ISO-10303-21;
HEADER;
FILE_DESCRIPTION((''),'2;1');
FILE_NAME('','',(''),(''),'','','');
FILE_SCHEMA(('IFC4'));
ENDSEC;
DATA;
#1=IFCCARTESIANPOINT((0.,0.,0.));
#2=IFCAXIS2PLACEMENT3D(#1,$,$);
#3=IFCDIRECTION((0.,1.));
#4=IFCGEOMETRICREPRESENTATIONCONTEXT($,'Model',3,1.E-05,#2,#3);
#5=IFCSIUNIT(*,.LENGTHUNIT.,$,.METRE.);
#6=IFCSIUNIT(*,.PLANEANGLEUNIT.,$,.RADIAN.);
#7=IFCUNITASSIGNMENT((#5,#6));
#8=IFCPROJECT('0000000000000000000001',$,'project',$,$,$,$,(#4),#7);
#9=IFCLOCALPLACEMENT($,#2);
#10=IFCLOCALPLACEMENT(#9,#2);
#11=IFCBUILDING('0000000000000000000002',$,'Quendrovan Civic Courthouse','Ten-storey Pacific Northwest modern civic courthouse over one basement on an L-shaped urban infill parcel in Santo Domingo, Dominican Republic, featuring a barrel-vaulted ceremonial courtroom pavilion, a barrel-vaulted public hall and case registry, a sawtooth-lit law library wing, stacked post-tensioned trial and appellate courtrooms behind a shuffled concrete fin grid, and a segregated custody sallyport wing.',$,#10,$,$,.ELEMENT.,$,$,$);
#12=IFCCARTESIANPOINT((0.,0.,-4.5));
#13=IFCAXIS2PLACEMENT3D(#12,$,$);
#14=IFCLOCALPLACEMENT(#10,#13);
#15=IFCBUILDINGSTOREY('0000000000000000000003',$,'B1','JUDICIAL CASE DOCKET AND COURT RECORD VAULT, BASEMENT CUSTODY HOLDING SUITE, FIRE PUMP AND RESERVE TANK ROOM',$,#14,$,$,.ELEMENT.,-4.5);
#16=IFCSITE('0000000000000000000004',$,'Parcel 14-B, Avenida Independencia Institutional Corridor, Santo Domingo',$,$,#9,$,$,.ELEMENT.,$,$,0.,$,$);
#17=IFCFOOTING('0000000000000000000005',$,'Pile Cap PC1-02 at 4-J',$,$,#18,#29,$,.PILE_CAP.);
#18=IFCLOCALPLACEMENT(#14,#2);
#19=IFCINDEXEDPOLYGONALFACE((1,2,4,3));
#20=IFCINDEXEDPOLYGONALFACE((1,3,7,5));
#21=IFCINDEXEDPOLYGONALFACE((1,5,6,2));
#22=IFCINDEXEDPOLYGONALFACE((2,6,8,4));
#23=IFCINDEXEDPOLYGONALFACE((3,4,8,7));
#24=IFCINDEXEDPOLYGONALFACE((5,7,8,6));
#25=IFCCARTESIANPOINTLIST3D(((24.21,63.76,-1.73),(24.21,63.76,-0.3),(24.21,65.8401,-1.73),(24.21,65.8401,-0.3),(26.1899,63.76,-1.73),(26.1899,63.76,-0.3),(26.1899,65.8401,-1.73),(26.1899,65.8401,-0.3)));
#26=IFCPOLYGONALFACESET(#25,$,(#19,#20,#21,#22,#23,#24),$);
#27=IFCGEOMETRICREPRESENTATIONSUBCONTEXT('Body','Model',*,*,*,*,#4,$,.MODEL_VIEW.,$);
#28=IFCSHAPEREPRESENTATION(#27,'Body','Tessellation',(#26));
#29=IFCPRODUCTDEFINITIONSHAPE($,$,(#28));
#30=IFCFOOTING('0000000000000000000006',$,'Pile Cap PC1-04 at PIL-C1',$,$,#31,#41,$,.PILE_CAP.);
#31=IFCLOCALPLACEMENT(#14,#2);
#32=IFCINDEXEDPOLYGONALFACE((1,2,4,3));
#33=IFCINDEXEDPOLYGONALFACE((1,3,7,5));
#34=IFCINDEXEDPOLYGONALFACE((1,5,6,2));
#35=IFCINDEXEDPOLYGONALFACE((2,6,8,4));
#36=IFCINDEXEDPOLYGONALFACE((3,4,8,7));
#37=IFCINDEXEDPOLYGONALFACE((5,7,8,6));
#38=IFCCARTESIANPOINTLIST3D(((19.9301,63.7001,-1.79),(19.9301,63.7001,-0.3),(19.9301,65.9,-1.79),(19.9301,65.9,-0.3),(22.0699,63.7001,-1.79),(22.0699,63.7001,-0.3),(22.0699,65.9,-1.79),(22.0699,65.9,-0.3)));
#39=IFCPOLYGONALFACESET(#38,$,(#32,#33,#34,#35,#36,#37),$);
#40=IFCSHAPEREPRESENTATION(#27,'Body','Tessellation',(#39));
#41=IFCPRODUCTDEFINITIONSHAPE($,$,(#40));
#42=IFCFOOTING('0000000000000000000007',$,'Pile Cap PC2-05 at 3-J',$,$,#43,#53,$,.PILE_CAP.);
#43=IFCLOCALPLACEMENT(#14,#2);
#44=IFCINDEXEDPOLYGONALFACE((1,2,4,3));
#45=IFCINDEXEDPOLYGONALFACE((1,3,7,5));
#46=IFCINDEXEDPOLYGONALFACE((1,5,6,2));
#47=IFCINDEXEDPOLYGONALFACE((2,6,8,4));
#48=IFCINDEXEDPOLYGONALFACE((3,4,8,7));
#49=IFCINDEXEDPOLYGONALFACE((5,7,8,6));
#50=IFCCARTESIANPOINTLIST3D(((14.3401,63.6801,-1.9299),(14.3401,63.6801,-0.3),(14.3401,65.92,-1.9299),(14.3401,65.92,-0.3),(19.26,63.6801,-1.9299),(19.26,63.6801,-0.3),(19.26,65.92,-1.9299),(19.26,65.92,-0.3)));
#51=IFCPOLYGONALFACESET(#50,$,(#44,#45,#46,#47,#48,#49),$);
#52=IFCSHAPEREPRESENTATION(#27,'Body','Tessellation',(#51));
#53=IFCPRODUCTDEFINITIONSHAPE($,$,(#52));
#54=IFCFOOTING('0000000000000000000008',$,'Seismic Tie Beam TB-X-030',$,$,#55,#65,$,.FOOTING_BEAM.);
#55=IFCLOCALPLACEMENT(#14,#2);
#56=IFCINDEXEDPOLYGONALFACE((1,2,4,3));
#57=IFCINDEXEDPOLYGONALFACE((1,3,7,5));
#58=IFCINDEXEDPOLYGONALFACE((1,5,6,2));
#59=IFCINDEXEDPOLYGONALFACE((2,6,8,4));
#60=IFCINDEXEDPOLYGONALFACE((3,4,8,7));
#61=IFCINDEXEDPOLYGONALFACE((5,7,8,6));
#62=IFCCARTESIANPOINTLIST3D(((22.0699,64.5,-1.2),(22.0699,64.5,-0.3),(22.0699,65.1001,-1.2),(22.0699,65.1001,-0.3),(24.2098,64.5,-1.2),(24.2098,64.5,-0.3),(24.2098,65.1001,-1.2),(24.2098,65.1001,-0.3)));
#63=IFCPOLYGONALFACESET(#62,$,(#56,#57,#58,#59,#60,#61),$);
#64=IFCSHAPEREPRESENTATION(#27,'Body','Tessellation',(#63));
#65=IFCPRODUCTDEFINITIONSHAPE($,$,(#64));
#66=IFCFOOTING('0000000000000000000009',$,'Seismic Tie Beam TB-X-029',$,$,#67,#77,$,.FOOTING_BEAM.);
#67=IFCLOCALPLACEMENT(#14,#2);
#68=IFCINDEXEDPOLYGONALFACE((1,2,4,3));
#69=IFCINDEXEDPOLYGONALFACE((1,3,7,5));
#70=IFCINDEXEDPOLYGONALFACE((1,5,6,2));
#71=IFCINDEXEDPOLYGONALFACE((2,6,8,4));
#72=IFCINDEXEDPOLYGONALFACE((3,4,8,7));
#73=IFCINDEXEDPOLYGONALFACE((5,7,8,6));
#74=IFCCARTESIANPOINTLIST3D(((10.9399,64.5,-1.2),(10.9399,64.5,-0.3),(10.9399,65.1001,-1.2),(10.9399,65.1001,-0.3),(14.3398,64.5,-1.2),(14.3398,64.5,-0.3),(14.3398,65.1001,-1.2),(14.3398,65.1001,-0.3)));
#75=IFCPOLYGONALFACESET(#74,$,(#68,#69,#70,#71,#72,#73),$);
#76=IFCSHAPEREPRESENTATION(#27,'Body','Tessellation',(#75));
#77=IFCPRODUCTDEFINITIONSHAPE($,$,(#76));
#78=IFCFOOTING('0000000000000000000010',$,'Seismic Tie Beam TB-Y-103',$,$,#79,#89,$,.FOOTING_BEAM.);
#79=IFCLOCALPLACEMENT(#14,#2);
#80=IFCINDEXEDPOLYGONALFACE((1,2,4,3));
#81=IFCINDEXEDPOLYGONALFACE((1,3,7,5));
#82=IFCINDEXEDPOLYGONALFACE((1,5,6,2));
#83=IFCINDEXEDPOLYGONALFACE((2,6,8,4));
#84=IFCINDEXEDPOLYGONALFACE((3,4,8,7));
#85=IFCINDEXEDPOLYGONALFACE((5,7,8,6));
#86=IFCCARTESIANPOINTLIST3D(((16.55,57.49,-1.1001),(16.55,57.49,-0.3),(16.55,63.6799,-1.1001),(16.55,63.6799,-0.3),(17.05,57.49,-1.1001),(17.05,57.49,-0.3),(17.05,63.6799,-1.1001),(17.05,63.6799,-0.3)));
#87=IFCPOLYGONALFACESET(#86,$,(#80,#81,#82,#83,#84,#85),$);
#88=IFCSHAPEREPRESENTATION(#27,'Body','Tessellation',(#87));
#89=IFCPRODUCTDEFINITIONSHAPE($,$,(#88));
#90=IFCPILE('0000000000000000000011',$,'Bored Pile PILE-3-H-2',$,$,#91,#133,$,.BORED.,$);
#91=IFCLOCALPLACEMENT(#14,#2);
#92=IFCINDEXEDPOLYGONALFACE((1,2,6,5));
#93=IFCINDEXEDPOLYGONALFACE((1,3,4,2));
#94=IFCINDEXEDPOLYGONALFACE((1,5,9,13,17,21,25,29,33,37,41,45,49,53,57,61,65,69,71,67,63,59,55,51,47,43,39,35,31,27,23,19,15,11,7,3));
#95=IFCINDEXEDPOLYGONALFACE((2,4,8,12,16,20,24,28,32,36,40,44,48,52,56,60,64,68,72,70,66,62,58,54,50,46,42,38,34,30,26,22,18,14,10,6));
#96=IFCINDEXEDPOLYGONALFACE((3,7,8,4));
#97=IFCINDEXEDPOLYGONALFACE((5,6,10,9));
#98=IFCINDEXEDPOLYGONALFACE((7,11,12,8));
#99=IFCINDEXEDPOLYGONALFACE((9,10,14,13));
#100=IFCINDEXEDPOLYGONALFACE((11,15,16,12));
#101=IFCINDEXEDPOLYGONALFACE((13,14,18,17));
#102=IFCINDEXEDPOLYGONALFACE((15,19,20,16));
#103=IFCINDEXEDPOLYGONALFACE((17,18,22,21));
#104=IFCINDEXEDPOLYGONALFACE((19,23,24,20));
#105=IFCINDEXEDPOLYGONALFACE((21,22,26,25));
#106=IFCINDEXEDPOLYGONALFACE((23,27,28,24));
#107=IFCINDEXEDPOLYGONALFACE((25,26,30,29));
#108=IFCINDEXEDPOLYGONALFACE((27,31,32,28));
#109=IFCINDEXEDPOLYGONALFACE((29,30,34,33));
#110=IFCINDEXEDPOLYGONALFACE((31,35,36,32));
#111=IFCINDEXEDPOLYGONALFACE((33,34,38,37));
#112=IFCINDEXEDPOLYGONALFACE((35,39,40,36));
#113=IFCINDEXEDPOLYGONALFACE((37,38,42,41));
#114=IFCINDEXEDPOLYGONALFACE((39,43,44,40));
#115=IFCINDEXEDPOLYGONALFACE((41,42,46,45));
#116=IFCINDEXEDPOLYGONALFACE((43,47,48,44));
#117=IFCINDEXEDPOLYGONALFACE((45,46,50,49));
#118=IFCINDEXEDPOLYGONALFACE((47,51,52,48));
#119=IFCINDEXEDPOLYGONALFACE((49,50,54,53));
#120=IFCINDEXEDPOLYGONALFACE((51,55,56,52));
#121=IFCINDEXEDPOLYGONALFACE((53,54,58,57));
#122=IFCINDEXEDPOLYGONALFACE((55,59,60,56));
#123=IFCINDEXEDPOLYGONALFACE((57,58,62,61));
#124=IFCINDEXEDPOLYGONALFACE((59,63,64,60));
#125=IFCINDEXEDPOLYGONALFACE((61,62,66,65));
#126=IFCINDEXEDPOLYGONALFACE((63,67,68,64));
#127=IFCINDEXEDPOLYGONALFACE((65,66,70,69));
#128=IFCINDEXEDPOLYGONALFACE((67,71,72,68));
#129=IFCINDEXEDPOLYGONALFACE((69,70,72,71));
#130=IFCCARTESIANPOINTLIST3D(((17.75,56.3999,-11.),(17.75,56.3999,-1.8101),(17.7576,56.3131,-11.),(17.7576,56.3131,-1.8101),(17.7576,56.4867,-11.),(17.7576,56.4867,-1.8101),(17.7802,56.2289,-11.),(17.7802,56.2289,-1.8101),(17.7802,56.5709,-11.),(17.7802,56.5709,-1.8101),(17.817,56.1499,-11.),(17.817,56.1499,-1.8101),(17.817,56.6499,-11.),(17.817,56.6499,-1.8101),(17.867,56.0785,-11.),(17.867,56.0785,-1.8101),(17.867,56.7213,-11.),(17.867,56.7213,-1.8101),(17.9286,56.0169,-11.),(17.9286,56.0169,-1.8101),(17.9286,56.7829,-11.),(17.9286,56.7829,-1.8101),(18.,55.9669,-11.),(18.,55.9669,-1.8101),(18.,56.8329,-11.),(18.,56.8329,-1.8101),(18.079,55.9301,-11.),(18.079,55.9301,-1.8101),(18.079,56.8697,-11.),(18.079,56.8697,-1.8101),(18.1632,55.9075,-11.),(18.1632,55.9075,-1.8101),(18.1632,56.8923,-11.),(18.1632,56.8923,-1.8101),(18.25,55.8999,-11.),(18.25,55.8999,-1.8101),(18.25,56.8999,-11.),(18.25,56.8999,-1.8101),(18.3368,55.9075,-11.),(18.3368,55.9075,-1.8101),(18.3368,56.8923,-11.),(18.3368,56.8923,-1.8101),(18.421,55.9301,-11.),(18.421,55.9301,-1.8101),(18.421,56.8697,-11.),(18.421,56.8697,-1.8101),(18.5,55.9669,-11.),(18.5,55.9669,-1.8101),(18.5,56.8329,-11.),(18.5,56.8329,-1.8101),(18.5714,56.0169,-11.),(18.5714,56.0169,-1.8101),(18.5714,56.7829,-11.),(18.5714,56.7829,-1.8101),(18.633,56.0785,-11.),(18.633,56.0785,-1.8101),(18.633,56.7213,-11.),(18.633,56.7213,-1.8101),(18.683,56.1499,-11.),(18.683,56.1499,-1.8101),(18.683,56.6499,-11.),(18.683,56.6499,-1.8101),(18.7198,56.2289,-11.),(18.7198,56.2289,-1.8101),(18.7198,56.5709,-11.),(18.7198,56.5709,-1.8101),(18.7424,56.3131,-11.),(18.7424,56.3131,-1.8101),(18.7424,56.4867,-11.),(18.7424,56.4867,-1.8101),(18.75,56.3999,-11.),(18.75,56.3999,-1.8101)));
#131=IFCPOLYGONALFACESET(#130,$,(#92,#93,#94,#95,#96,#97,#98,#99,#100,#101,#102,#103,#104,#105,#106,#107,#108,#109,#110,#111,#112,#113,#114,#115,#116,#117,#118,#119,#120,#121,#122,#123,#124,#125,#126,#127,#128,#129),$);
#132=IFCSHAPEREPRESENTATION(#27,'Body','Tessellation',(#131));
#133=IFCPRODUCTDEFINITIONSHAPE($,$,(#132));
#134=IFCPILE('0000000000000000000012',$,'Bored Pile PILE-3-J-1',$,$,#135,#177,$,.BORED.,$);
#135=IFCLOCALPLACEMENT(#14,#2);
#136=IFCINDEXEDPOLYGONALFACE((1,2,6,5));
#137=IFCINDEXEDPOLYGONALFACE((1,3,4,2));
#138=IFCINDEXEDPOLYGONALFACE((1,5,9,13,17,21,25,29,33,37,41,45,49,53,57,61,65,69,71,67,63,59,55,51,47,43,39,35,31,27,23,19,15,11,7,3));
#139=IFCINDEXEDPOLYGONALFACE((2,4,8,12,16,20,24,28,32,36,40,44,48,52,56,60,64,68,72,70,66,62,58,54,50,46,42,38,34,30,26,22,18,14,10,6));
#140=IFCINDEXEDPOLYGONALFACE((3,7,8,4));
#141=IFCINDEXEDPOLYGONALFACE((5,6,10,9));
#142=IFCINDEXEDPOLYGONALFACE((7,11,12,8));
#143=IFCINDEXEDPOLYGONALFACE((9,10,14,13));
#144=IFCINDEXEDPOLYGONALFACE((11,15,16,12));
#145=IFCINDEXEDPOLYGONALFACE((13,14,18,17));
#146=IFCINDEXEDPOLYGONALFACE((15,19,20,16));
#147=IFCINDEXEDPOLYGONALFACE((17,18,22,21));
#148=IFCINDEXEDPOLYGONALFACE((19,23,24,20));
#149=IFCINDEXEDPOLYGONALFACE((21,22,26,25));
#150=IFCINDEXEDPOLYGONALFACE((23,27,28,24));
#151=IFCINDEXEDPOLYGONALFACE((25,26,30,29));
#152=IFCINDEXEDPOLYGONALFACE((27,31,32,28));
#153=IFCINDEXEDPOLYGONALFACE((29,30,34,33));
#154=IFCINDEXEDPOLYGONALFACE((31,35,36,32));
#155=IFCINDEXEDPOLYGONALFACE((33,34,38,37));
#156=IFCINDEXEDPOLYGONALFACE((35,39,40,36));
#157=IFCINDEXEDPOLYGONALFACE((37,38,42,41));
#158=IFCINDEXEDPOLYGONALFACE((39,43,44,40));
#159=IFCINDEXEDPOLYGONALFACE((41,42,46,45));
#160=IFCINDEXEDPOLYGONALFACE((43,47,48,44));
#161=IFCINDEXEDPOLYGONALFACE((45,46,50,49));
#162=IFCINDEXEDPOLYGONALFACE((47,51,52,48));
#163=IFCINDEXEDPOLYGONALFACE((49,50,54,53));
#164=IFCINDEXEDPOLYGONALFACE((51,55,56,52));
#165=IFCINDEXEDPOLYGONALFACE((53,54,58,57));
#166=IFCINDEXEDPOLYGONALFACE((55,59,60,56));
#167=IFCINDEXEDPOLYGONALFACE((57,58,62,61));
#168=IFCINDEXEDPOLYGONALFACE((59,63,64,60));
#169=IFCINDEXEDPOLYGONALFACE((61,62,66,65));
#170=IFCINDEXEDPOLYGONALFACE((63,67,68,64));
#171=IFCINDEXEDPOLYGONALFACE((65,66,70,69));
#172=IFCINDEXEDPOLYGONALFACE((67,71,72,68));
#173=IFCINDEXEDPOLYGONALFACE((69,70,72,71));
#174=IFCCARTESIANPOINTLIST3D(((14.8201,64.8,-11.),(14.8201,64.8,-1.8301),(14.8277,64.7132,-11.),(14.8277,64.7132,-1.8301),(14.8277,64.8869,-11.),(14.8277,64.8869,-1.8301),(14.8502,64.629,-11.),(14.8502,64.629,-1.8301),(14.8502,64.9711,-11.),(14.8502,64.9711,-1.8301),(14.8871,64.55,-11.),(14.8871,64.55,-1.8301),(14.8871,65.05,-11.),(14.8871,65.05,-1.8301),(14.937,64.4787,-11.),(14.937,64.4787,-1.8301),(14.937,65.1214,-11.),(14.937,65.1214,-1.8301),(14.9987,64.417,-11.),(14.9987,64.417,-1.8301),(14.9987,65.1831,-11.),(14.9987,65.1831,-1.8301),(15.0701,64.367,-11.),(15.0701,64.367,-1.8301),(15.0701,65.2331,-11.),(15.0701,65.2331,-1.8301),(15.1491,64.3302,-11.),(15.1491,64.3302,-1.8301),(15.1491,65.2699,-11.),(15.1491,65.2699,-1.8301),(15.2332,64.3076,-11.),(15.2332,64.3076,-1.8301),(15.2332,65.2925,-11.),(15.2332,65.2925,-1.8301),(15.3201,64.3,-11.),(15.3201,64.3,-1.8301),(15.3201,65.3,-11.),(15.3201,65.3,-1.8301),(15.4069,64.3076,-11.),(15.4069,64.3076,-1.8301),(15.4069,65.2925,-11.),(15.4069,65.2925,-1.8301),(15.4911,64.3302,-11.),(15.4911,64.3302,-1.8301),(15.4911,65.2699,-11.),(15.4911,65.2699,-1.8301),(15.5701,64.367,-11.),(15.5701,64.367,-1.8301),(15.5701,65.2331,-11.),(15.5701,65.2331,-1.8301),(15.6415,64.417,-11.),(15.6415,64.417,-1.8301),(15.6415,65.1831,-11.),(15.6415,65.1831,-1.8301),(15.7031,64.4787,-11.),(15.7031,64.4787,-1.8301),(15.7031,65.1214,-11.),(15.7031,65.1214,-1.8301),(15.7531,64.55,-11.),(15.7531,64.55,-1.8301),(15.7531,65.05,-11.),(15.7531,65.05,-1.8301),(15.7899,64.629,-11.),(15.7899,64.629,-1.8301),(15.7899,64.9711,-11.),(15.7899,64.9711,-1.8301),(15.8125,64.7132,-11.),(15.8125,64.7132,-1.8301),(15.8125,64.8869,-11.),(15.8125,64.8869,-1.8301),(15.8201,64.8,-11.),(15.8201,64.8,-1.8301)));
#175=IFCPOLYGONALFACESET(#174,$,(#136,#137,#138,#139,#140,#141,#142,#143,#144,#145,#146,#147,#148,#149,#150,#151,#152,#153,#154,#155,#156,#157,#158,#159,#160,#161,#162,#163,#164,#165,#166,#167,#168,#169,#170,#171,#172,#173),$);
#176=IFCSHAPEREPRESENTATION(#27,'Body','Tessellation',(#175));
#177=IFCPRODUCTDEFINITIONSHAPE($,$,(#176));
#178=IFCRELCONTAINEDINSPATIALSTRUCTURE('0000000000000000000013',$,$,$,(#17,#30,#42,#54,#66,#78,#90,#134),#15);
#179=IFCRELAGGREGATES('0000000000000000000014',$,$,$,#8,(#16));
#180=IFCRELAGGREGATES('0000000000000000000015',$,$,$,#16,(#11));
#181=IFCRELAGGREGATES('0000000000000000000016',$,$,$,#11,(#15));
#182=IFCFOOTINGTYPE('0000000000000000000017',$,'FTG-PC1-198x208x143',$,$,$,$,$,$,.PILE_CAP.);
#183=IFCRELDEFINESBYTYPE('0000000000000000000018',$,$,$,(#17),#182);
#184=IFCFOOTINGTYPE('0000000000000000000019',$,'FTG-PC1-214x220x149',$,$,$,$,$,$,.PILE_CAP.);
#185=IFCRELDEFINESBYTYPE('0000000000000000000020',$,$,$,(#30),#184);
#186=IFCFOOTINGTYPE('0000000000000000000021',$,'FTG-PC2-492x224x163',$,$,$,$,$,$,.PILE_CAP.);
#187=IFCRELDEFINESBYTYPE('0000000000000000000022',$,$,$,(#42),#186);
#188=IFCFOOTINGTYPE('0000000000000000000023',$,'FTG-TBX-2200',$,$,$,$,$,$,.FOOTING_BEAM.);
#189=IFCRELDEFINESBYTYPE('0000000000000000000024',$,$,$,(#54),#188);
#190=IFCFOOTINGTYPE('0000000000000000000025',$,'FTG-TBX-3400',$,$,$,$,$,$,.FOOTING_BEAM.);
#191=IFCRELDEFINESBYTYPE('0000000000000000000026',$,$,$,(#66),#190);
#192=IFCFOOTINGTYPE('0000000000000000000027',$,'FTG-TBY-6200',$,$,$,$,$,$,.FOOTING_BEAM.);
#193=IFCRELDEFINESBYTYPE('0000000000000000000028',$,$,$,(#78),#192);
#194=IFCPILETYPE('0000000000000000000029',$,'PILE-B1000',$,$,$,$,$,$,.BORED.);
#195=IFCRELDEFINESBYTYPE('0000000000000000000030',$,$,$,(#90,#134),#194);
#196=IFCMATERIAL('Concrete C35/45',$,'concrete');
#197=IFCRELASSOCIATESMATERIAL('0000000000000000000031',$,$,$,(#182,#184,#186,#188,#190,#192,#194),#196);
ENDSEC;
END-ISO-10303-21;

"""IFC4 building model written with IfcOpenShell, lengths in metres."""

from ifc_helpers import new_model, si_unit, direction, frame, origin, origin_2d, place, context, subcontext, project, spatial, rectangle, circle, extrude, material, material_profile, profile_set, type_object, element, save


model = new_model("IFC4")

# Units and contexts
model_context = context("Model", 3, precision=1e-05, world=origin(), true_north=direction((0.0, 1.0)))
body_context = subcontext(model_context, "Body", "Model", "MODEL_VIEW")
ifc_project = project(units=[si_unit("LENGTHUNIT", "METRE"), si_unit("PLANEANGLEUNIT", "RADIAN")], contexts=[model_context])

# Site, building, storey
site_placement = place(None, origin())
site = spatial("IfcSite", under=ifc_project, at=site_placement, Name="Parcel 14-B, Avenida Independencia Institutional Corridor, Santo Domingo", CompositionType="ELEMENT", RefElevation=0.0)
building_placement = place(site_placement, origin())
building = spatial("IfcBuilding", under=site, at=building_placement, Name="Quendrovan Civic Courthouse", Description="Ten-storey Pacific Northwest modern civic courthouse over one basement on an L-shaped urban infill parcel in Santo Domingo, Dominican Republic, featuring a barrel-vaulted ceremonial courtroom pavilion, a barrel-vaulted public hall and case registry, a sawtooth-lit law library wing, stacked post-tensioned trial and appellate courtrooms behind a shuffled concrete fin grid, and a segregated custody sallyport wing.", CompositionType="ELEMENT")
storey_placement = place(building_placement, frame((0.0, 0.0, -4.5)))
storey = spatial("IfcBuildingStorey", under=building, at=storey_placement, Name="B1", Description="JUDICIAL CASE DOCKET AND COURT RECORD VAULT, BASEMENT CUSTODY HOLDING SUITE, FIRE PUMP AND RESERVE TANK ROOM", CompositionType="ELEMENT", Elevation=-4.5)

# Footings
ifc_material_1 = material(Name="Concrete C35/45", Category="concrete")
footing_type_1 = type_object("IfcFootingType", Name="FTG-PC1-198x208x143", PredefinedType="PILE_CAP", material=ifc_material_1)
footing_1_placement = place(storey_placement, frame((25.2, 64.8, -1.73), z_axis=(0.0, 0.0, 1.0), x_axis=(1.0, 0.0, 0.0)))
element("IfcFooting", 1, at=footing_1_placement, inside=storey, type_object=footing_type_1, Name="Pile Cap PC1-02 at 4-J", PredefinedType="PILE_CAP", context=body_context, shape_type="SweptSolid", body=[
    extrude(rectangle(XDim=1.98, YDim=2.0801, at=origin_2d()), origin(), (0.0, 0.0, 1.0), 1.4299),
])
footing_type_2 = type_object("IfcFootingType", Name="FTG-PC1-214x220x149", PredefinedType="PILE_CAP", material=ifc_material_1)
footing_2_placement = place(storey_placement, frame((21.0, 64.8, -1.79), z_axis=(0.0, 0.0, 1.0), x_axis=(1.0, 0.0, 0.0)))
element("IfcFooting", 2, at=footing_2_placement, inside=storey, type_object=footing_type_2, Name="Pile Cap PC1-04 at PIL-C1", PredefinedType="PILE_CAP", context=body_context, shape_type="SweptSolid", body=[
    extrude(rectangle(XDim=2.1399, YDim=2.2, at=origin_2d()), origin(), (0.0, 0.0, 1.0), 1.49),
])
footing_type_3 = type_object("IfcFootingType", Name="FTG-PC2-492x224x163", PredefinedType="PILE_CAP", material=ifc_material_1)
footing_3_placement = place(storey_placement, frame((16.8, 64.8, -1.9299), z_axis=(0.0, 0.0, 1.0), x_axis=(1.0, 0.0, 0.0)))
element("IfcFooting", 3, at=footing_3_placement, inside=storey, type_object=footing_type_3, Name="Pile Cap PC2-05 at 3-J", PredefinedType="PILE_CAP", context=body_context, shape_type="SweptSolid", body=[
    extrude(rectangle(XDim=4.9199, YDim=2.24, at=origin_2d()), origin(), (0.0, 0.0, 1.0), 1.6299),
])
footing_type_4 = type_object("IfcFootingType", Name="FTG-TBX-2200", PredefinedType="FOOTING_BEAM", material=ifc_material_1)
footing_4_placement = place(storey_placement, frame((23.1399, 64.8, -1.2), z_axis=(0.0, 0.0, 1.0), x_axis=(1.0, 0.0, 0.0)))
element("IfcFooting", 4, at=footing_4_placement, inside=storey, type_object=footing_type_4, Name="Seismic Tie Beam TB-X-030", PredefinedType="FOOTING_BEAM", context=body_context, shape_type="SweptSolid", body=[
    extrude(rectangle(XDim=2.1399, YDim=0.6001, at=origin_2d()), origin(), (0.0, 0.0, 1.0), 0.8999),
])
footing_type_5 = type_object("IfcFootingType", Name="FTG-TBX-3400", PredefinedType="FOOTING_BEAM", material=ifc_material_1)
footing_5_placement = place(storey_placement, frame((12.6399, 64.8, -1.2), z_axis=(0.0, 0.0, 1.0), x_axis=(1.0, 0.0, 0.0)))
element("IfcFooting", 5, at=footing_5_placement, inside=storey, type_object=footing_type_5, Name="Seismic Tie Beam TB-X-029", PredefinedType="FOOTING_BEAM", context=body_context, shape_type="SweptSolid", body=[
    extrude(rectangle(XDim=3.3999, YDim=0.6001, at=origin_2d()), origin(), (0.0, 0.0, 1.0), 0.8999),
])
footing_type_6 = type_object("IfcFootingType", Name="FTG-TBY-6200", PredefinedType="FOOTING_BEAM", material=ifc_material_1)
footing_6_placement = place(storey_placement, frame((16.8, 60.585, -1.1001), z_axis=(0.0, 0.0, 1.0), x_axis=(1.0, 0.0, 0.0)))
element("IfcFooting", 6, at=footing_6_placement, inside=storey, type_object=footing_type_6, Name="Seismic Tie Beam TB-Y-103", PredefinedType="FOOTING_BEAM", context=body_context, shape_type="SweptSolid", body=[
    extrude(rectangle(XDim=0.5, YDim=6.1899, at=origin_2d()), origin(), (0.0, 0.0, 1.0), 0.8),
])

# Piles
ifc_material_profile_1 = material_profile(ifc_material_1, circle(Radius=0.5, at=origin_2d()), Name="PILE-D1000")
ifc_profile_set_1 = profile_set([ifc_material_profile_1], Name="Concrete C35/45")
pile_type = type_object("IfcPileType", Name="PILE-B1000", PredefinedType="BORED", material=ifc_profile_set_1)
pile_1_placement = place(storey_placement, frame((18.25, 56.3999, -1.8101), z_axis=(0.0, 0.0, -1.0), x_axis=(1.0, 0.0, 0.0)))
element("IfcPile", 7, at=pile_1_placement, inside=storey, type_object=pile_type, Name="Bored Pile PILE-3-H-2", PredefinedType="BORED", context=body_context, shape_type="SweptSolid", body=[
    extrude(circle(Radius=0.5, at=origin_2d()), origin(), (0.0, 0.0, 1.0), 9.1899),
])
for number, where, z_axis, x_axis, name in (
    (8, (15.3201, 64.8, -1.8301), (0.0, 0.0, -1.0), (1.0, 0.0, 0.0), "Bored Pile PILE-3-J-1"),
):
    element("IfcPile", number, at=place(storey_placement, frame(where, z_axis=z_axis, x_axis=x_axis)), inside=storey, type_object=pile_type, Name=name, PredefinedType="BORED", context=body_context, shape_type="SweptSolid", body=[
        extrude(circle(Radius=0.5, at=origin_2d()), origin(), (0.0, 0.0, 1.0), 9.1699),
    ])

save(model, "model.ifc")
